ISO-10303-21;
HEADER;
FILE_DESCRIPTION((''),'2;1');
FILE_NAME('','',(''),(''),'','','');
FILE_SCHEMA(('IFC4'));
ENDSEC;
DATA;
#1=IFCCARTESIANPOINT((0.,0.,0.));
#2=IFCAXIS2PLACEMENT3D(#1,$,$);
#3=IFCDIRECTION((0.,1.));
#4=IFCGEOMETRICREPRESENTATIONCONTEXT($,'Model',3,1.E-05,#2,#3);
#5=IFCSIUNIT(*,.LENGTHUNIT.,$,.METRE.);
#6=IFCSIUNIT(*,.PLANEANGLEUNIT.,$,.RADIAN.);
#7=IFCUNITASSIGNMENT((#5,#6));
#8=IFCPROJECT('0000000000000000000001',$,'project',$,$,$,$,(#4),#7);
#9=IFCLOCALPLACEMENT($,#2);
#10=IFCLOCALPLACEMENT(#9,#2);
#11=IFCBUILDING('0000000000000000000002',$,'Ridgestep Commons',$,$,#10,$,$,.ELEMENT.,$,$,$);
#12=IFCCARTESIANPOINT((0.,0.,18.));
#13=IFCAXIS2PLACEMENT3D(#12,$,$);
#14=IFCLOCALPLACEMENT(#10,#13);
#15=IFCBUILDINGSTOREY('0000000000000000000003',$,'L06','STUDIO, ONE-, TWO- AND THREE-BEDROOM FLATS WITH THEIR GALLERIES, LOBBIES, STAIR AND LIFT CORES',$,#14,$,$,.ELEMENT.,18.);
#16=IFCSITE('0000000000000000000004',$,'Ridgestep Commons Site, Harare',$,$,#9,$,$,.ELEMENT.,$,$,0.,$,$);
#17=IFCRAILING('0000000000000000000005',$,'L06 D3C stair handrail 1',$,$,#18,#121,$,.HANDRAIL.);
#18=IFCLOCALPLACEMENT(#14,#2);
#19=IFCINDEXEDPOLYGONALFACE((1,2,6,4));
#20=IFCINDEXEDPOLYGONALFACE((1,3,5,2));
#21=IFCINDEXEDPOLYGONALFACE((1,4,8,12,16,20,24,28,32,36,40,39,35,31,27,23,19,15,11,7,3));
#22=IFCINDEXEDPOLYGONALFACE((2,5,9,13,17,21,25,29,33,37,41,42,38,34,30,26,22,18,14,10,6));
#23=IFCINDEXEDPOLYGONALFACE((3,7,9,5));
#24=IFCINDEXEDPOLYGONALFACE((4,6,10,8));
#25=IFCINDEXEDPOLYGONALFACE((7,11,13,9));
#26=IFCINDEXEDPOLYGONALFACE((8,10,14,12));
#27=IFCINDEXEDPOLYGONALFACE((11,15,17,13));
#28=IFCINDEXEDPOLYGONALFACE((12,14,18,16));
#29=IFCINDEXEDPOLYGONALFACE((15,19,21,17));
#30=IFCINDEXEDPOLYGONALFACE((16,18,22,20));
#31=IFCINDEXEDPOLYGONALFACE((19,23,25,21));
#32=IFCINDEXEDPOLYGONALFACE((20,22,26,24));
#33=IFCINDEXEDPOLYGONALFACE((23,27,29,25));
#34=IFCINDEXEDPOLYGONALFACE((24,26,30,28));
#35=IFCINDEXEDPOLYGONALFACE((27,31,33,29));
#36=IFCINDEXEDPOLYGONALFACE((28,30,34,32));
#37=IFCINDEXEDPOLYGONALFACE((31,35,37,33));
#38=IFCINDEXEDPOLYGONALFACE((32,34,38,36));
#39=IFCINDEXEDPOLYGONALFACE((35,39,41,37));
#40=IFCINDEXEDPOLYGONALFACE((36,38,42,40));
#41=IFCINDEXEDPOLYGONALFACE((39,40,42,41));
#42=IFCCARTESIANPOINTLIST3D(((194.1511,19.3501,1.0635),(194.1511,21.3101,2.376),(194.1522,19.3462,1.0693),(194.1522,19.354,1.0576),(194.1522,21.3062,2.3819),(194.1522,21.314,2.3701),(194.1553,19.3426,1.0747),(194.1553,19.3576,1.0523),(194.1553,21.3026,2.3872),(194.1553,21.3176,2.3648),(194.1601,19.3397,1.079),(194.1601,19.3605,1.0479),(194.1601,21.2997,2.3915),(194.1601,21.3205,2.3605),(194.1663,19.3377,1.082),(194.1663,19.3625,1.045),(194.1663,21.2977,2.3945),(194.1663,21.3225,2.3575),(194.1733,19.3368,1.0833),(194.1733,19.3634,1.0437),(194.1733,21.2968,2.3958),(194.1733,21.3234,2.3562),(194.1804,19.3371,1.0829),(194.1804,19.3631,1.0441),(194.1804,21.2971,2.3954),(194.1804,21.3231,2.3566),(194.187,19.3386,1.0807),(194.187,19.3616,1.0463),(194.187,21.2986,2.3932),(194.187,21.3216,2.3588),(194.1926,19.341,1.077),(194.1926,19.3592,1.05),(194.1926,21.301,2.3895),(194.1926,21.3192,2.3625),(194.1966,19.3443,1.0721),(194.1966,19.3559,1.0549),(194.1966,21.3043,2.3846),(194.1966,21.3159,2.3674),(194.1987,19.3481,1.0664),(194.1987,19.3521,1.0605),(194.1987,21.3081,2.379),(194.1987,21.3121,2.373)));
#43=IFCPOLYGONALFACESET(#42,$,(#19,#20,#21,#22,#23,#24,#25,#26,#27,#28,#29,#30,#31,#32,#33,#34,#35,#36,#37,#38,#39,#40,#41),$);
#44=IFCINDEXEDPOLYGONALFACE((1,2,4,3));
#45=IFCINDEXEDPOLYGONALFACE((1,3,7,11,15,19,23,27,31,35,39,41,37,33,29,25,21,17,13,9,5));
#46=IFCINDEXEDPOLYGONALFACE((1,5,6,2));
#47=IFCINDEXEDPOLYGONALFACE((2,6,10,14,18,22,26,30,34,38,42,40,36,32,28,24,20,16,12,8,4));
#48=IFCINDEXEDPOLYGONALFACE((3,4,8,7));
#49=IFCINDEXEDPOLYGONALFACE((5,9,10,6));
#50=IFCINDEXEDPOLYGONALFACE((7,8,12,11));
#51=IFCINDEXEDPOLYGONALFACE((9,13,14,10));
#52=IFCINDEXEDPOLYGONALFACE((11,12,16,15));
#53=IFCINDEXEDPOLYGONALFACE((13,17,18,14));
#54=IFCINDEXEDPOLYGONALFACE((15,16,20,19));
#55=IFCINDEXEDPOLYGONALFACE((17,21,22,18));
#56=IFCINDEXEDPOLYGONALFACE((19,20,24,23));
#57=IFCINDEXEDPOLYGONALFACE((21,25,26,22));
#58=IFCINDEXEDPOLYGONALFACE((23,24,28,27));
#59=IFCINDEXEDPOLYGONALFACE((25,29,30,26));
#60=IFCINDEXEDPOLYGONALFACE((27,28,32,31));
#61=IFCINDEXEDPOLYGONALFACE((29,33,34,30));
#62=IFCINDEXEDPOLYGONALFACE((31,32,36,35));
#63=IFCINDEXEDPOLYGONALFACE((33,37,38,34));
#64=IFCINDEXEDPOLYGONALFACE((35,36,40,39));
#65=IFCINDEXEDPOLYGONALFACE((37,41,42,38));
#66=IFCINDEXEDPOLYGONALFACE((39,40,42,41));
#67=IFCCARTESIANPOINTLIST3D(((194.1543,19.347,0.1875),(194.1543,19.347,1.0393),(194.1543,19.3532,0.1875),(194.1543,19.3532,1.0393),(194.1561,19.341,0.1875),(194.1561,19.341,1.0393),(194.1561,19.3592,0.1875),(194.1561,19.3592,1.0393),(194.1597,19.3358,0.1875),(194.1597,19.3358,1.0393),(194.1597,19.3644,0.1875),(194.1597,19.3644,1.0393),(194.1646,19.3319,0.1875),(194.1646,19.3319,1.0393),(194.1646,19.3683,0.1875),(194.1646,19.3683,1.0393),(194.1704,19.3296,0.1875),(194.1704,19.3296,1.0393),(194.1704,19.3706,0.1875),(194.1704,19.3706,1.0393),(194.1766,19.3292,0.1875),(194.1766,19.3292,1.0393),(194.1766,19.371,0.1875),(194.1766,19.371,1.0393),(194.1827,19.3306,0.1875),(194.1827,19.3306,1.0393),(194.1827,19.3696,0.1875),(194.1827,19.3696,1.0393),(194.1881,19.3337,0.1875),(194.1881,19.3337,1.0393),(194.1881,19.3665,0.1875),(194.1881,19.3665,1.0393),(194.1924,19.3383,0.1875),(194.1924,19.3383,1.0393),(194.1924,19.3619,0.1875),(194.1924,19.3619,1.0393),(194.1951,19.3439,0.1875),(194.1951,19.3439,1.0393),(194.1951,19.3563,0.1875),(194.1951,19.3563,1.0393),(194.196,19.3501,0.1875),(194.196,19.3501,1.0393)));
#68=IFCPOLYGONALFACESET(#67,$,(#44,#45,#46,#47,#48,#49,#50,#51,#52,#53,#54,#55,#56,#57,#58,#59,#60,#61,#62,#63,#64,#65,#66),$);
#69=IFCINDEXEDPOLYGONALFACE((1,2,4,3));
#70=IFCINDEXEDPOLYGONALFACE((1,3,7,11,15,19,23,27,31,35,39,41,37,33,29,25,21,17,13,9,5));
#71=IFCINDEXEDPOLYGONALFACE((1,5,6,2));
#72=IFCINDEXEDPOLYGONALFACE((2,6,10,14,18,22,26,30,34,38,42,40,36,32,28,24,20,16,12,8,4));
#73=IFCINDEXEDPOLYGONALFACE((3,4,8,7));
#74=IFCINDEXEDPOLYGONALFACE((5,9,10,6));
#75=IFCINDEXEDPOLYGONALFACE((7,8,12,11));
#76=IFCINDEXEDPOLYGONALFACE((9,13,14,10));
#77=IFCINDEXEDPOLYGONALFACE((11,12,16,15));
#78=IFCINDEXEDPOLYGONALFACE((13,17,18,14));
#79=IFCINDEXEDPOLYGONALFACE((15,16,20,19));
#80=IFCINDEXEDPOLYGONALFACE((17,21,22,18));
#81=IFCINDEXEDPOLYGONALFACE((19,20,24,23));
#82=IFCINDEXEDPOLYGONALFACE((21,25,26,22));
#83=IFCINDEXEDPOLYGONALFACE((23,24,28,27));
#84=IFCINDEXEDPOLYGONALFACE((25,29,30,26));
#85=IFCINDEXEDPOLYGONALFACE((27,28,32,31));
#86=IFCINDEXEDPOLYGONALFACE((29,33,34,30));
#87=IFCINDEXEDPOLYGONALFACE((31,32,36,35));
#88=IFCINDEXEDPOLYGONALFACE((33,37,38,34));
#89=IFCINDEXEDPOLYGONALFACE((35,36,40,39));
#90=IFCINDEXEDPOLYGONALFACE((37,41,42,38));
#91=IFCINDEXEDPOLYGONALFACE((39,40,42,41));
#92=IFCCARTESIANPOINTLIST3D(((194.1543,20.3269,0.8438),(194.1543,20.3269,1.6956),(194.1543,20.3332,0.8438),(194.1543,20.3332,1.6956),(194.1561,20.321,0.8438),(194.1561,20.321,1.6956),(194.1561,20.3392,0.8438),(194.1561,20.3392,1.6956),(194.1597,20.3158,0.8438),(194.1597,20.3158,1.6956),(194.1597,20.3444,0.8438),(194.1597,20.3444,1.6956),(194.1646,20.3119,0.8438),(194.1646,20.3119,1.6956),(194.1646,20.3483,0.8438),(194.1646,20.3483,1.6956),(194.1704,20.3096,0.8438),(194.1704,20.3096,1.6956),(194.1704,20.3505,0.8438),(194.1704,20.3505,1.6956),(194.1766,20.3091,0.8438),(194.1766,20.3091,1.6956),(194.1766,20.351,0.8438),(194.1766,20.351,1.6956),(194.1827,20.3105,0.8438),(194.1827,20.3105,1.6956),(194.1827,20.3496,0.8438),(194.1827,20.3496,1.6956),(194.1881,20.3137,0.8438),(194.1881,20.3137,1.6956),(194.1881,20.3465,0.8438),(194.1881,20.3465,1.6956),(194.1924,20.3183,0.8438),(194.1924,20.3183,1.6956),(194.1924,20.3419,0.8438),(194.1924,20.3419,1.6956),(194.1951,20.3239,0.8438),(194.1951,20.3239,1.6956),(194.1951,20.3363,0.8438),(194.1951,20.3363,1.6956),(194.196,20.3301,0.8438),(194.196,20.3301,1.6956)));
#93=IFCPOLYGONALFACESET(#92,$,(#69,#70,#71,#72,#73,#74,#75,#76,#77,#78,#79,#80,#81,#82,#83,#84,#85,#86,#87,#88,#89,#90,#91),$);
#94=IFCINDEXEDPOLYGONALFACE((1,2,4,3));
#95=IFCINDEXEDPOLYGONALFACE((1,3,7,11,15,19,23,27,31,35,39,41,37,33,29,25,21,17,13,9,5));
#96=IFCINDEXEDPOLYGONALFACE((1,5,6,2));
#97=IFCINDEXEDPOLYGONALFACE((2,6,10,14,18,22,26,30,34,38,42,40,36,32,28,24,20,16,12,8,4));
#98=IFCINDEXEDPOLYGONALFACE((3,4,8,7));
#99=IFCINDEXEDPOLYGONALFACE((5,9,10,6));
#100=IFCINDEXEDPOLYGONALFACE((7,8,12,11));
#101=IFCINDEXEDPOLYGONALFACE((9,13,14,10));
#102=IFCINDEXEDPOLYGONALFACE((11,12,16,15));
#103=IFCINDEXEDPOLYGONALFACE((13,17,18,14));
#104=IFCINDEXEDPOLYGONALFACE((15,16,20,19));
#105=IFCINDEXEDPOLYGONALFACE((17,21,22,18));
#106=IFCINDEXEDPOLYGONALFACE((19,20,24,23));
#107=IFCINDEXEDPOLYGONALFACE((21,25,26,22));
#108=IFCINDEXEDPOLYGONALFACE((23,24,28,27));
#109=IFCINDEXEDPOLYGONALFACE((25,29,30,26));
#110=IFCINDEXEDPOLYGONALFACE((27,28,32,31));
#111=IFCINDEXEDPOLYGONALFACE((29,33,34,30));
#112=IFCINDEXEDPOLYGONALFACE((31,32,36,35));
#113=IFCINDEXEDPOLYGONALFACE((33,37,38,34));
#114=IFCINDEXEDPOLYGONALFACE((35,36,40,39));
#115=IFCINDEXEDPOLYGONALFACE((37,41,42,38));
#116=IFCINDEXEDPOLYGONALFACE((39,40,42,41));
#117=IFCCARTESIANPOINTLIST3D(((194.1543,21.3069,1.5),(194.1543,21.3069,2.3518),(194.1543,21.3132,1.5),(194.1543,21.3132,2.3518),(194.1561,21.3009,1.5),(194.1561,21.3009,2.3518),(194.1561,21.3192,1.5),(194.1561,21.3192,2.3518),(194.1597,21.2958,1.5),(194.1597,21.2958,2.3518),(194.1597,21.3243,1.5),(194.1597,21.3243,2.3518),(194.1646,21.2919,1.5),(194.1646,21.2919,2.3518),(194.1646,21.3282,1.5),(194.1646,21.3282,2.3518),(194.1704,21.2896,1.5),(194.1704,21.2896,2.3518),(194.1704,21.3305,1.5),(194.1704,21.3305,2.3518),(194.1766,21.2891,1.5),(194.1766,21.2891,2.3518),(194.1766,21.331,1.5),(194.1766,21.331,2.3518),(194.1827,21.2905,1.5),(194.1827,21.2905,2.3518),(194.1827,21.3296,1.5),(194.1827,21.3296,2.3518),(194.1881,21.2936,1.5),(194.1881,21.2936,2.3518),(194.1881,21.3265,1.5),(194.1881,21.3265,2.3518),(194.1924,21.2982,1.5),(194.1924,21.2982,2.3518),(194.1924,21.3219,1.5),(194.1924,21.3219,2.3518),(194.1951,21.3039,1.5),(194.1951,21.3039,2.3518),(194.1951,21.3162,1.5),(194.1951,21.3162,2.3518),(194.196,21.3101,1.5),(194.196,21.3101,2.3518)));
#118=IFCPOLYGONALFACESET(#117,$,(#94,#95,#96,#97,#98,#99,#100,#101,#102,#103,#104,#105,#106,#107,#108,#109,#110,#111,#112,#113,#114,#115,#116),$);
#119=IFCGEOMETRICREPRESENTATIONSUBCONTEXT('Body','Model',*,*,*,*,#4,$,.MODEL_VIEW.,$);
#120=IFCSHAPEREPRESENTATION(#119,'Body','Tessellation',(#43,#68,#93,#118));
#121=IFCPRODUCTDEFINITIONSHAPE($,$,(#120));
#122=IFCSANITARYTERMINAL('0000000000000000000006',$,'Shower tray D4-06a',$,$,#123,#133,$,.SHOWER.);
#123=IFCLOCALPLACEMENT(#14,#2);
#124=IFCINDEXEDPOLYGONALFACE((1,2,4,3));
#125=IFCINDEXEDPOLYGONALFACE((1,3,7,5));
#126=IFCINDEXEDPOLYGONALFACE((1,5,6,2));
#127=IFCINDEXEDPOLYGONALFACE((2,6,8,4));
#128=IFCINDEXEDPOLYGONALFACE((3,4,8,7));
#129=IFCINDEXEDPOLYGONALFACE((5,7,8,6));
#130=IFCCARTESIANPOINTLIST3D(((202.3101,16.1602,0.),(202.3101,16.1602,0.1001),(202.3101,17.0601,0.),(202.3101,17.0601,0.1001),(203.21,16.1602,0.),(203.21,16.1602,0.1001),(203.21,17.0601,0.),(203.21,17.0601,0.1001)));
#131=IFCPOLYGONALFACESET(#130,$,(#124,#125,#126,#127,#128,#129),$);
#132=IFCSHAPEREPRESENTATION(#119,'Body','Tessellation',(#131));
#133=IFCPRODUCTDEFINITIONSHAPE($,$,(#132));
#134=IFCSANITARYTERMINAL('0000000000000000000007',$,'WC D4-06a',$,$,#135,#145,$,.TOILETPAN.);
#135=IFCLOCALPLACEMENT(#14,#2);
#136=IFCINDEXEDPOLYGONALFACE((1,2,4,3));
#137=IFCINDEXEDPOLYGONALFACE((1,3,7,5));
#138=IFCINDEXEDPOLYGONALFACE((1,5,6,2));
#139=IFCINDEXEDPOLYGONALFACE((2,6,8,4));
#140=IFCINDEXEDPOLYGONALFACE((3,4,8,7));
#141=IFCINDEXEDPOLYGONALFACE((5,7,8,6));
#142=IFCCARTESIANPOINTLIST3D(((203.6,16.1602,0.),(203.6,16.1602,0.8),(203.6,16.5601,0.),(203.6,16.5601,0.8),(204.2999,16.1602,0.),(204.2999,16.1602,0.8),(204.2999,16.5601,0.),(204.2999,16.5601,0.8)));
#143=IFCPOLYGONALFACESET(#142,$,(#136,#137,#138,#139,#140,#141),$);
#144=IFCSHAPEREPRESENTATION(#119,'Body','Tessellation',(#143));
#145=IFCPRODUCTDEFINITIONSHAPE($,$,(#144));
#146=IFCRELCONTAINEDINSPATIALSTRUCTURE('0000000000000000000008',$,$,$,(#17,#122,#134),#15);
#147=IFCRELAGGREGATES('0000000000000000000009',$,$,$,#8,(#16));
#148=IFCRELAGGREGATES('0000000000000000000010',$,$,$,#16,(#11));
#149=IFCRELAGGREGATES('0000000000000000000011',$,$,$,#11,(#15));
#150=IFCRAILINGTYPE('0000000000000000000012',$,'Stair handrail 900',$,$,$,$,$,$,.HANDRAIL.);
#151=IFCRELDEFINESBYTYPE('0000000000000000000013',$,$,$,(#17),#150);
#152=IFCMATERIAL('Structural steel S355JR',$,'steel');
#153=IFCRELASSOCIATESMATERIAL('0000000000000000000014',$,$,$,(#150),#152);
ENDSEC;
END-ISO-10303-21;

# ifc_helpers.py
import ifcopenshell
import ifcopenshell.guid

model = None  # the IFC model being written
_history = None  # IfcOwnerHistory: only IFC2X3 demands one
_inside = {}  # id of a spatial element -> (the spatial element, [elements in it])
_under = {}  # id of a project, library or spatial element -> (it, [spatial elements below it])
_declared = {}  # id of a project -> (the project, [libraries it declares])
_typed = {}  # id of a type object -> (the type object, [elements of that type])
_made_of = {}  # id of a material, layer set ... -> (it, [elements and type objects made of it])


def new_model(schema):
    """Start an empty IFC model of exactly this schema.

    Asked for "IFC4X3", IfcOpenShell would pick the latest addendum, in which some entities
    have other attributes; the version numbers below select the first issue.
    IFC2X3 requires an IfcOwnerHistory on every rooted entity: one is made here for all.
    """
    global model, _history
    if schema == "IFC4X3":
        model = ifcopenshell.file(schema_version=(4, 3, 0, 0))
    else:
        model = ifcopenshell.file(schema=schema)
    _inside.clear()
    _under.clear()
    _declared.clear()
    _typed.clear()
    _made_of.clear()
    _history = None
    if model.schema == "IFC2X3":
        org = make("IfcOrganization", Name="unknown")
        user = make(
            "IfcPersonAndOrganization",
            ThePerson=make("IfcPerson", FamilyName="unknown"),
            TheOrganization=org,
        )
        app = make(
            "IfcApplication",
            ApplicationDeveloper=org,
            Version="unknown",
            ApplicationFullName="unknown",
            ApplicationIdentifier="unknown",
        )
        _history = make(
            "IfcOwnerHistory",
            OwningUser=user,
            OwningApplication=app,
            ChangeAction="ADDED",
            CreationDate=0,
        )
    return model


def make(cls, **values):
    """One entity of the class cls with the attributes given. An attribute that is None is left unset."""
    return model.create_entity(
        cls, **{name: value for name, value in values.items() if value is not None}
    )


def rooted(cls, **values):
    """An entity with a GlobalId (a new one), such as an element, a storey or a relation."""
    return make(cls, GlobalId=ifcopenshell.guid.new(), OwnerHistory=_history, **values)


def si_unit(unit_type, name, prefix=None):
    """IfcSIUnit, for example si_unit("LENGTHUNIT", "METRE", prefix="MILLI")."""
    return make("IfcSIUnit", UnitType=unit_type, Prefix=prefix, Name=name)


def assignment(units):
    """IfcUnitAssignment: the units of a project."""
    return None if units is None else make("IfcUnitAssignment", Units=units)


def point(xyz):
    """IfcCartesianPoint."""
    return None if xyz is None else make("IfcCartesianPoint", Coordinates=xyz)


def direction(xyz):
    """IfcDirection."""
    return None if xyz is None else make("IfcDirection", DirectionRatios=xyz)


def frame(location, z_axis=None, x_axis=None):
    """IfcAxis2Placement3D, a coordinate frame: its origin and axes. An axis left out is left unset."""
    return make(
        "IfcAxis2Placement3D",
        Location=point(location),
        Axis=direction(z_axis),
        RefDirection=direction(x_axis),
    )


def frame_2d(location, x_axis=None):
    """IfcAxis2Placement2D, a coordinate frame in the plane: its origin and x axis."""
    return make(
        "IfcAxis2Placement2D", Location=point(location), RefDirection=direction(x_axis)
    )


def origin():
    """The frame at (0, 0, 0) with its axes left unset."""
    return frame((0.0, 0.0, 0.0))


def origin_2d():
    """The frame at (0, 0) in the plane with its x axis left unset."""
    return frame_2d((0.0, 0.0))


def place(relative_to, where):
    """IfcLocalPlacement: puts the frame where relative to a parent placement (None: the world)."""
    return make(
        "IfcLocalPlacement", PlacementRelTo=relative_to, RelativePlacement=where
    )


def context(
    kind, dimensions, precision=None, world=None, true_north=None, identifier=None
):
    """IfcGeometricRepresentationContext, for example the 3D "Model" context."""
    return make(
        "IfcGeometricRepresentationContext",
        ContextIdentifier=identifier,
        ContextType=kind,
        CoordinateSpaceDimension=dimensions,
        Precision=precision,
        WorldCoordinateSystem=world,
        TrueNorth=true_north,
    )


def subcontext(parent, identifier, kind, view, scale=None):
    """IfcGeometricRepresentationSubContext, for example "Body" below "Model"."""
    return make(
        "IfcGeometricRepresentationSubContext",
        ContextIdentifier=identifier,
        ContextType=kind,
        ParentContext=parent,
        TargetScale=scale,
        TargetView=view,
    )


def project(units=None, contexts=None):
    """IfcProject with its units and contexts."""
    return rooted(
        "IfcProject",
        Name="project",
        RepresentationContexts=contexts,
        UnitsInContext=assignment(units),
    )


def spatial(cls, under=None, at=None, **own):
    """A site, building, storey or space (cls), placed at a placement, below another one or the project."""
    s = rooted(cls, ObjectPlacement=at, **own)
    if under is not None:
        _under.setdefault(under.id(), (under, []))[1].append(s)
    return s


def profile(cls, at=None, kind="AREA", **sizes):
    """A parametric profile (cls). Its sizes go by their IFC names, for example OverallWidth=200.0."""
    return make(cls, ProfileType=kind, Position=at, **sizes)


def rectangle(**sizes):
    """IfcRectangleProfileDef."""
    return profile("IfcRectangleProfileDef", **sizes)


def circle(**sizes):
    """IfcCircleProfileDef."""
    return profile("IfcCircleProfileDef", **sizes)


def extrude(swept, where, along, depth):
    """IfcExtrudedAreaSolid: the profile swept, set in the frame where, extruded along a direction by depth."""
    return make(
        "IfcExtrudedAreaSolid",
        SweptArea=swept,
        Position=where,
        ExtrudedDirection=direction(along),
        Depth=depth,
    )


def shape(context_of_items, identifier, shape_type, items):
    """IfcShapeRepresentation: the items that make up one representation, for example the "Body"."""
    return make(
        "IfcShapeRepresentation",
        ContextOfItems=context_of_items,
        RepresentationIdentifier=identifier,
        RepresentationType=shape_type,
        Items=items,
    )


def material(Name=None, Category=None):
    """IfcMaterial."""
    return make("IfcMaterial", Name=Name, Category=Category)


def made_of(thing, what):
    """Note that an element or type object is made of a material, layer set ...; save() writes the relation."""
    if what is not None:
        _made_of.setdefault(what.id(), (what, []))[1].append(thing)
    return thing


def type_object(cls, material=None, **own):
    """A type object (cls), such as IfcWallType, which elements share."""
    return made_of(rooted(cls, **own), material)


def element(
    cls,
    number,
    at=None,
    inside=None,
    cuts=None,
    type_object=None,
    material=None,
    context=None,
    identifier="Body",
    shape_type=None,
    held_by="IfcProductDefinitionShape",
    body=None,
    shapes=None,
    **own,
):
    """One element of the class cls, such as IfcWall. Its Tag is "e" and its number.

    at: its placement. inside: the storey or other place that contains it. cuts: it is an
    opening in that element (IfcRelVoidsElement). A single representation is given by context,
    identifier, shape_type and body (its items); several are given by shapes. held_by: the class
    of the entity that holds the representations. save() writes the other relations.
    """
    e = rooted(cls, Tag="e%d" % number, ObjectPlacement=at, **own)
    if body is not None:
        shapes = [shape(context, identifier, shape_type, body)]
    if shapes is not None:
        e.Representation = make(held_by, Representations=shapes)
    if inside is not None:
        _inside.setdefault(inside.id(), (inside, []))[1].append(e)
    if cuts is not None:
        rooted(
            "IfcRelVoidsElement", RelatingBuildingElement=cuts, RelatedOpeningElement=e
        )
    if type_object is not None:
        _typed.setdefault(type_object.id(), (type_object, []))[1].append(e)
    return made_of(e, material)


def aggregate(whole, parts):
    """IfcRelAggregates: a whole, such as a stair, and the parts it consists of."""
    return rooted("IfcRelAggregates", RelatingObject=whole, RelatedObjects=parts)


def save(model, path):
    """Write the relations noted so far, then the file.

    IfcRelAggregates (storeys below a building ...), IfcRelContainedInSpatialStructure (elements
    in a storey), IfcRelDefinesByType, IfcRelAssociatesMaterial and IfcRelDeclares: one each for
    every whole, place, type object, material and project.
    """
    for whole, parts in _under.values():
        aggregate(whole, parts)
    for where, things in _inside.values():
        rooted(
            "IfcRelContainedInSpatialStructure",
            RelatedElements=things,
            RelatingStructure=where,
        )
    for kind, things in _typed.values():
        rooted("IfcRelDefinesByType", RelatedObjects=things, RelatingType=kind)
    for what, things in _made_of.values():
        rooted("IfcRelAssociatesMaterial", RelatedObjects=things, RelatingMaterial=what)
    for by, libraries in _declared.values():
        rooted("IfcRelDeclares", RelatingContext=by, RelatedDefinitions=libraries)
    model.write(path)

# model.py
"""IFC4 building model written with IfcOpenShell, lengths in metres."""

from ifc_helpers import new_model, si_unit, direction, frame, origin, origin_2d, place, context, subcontext, project, spatial, rectangle, circle, extrude, material, type_object, element, save


model = new_model("IFC4")

# Units and contexts
model_context = context("Model", 3, precision=1e-05, world=origin(), true_north=direction((0.0, 1.0)))
body_context = subcontext(model_context, "Body", "Model", "MODEL_VIEW")
ifc_project = project(units=[si_unit("LENGTHUNIT", "METRE"), si_unit("PLANEANGLEUNIT", "RADIAN")], contexts=[model_context])

# Site, building, storey
site_placement = place(None, origin())
site = spatial("IfcSite", under=ifc_project, at=site_placement, Name="Ridgestep Commons Site, Harare", CompositionType="ELEMENT", RefElevation=0.0)
building_placement = place(site_placement, origin())
building = spatial("IfcBuilding", under=site, at=building_placement, Name="Ridgestep Commons", CompositionType="ELEMENT")
storey_placement = place(building_placement, frame((0.0, 0.0, 18.0)))
storey = spatial("IfcBuildingStorey", under=building, at=storey_placement, Name="L06", Description="STUDIO, ONE-, TWO- AND THREE-BEDROOM FLATS WITH THEIR GALLERIES, LOBBIES, STAIR AND LIFT CORES", CompositionType="ELEMENT", Elevation=18.0)

# Railing
ifc_material_1 = material(Name="Structural steel S355JR", Category="steel")
railing_type_1 = type_object("IfcRailingType", Name="Stair handrail 900", PredefinedType="HANDRAIL", material=ifc_material_1)
railing_1_placement = place(storey_placement, frame((194.175, 19.3501, 0.1875)))
element("IfcRailing", 1, at=railing_1_placement, inside=storey, type_object=railing_type_1, Name="L06 D3C stair handrail 1", PredefinedType="HANDRAIL", context=body_context, shape_type="SweptSolid", body=[
    extrude(circle(Radius=0.0239, at=origin_2d()), frame((0.0, 0.0, 0.876), z_axis=(0.0, 0.830902, 0.556419), x_axis=(-1.0, 0.0, 0.0)), (0.0, 0.0, 1.0), 2.3589),
    extrude(circle(Radius=0.021, at=origin_2d()), origin(), (0.0, 0.0, 1.0), 0.8518),
    extrude(circle(Radius=0.021, at=origin_2d()), frame((0.0, 0.98, 0.6562)), (0.0, 0.0, 1.0), 0.8518),
    extrude(circle(Radius=0.021, at=origin_2d()), frame((0.0, 1.96, 1.3125)), (0.0, 0.0, 1.0), 0.8518),
])

# Sanitary terminals
sanitary_terminal_1_placement = place(storey_placement, frame((202.76, 16.6101, 0.0), z_axis=(0.0, 0.0, 1.0), x_axis=(1.0, 0.0, 0.0)))
element("IfcSanitaryTerminal", 2, at=sanitary_terminal_1_placement, inside=storey, Name="Shower tray D4-06a", PredefinedType="SHOWER", context=body_context, shape_type="SweptSolid", body=[
    extrude(rectangle(XDim=0.8999, YDim=0.8999, at=origin_2d()), origin(), (0.0, 0.0, 1.0), 0.1001),
])
sanitary_terminal_2_placement = place(storey_placement, frame((203.95, 16.3601, 0.0), z_axis=(0.0, 0.0, 1.0), x_axis=(1.0, 0.0, 0.0)))
element("IfcSanitaryTerminal", 3, at=sanitary_terminal_2_placement, inside=storey, Name="WC D4-06a", PredefinedType="TOILETPAN", context=body_context, shape_type="SweptSolid", body=[
    extrude(rectangle(XDim=0.7, YDim=0.3999, at=origin_2d()), origin(), (0.0, 0.0, 1.0), 0.8),
])

save(model, "model.ifc")
